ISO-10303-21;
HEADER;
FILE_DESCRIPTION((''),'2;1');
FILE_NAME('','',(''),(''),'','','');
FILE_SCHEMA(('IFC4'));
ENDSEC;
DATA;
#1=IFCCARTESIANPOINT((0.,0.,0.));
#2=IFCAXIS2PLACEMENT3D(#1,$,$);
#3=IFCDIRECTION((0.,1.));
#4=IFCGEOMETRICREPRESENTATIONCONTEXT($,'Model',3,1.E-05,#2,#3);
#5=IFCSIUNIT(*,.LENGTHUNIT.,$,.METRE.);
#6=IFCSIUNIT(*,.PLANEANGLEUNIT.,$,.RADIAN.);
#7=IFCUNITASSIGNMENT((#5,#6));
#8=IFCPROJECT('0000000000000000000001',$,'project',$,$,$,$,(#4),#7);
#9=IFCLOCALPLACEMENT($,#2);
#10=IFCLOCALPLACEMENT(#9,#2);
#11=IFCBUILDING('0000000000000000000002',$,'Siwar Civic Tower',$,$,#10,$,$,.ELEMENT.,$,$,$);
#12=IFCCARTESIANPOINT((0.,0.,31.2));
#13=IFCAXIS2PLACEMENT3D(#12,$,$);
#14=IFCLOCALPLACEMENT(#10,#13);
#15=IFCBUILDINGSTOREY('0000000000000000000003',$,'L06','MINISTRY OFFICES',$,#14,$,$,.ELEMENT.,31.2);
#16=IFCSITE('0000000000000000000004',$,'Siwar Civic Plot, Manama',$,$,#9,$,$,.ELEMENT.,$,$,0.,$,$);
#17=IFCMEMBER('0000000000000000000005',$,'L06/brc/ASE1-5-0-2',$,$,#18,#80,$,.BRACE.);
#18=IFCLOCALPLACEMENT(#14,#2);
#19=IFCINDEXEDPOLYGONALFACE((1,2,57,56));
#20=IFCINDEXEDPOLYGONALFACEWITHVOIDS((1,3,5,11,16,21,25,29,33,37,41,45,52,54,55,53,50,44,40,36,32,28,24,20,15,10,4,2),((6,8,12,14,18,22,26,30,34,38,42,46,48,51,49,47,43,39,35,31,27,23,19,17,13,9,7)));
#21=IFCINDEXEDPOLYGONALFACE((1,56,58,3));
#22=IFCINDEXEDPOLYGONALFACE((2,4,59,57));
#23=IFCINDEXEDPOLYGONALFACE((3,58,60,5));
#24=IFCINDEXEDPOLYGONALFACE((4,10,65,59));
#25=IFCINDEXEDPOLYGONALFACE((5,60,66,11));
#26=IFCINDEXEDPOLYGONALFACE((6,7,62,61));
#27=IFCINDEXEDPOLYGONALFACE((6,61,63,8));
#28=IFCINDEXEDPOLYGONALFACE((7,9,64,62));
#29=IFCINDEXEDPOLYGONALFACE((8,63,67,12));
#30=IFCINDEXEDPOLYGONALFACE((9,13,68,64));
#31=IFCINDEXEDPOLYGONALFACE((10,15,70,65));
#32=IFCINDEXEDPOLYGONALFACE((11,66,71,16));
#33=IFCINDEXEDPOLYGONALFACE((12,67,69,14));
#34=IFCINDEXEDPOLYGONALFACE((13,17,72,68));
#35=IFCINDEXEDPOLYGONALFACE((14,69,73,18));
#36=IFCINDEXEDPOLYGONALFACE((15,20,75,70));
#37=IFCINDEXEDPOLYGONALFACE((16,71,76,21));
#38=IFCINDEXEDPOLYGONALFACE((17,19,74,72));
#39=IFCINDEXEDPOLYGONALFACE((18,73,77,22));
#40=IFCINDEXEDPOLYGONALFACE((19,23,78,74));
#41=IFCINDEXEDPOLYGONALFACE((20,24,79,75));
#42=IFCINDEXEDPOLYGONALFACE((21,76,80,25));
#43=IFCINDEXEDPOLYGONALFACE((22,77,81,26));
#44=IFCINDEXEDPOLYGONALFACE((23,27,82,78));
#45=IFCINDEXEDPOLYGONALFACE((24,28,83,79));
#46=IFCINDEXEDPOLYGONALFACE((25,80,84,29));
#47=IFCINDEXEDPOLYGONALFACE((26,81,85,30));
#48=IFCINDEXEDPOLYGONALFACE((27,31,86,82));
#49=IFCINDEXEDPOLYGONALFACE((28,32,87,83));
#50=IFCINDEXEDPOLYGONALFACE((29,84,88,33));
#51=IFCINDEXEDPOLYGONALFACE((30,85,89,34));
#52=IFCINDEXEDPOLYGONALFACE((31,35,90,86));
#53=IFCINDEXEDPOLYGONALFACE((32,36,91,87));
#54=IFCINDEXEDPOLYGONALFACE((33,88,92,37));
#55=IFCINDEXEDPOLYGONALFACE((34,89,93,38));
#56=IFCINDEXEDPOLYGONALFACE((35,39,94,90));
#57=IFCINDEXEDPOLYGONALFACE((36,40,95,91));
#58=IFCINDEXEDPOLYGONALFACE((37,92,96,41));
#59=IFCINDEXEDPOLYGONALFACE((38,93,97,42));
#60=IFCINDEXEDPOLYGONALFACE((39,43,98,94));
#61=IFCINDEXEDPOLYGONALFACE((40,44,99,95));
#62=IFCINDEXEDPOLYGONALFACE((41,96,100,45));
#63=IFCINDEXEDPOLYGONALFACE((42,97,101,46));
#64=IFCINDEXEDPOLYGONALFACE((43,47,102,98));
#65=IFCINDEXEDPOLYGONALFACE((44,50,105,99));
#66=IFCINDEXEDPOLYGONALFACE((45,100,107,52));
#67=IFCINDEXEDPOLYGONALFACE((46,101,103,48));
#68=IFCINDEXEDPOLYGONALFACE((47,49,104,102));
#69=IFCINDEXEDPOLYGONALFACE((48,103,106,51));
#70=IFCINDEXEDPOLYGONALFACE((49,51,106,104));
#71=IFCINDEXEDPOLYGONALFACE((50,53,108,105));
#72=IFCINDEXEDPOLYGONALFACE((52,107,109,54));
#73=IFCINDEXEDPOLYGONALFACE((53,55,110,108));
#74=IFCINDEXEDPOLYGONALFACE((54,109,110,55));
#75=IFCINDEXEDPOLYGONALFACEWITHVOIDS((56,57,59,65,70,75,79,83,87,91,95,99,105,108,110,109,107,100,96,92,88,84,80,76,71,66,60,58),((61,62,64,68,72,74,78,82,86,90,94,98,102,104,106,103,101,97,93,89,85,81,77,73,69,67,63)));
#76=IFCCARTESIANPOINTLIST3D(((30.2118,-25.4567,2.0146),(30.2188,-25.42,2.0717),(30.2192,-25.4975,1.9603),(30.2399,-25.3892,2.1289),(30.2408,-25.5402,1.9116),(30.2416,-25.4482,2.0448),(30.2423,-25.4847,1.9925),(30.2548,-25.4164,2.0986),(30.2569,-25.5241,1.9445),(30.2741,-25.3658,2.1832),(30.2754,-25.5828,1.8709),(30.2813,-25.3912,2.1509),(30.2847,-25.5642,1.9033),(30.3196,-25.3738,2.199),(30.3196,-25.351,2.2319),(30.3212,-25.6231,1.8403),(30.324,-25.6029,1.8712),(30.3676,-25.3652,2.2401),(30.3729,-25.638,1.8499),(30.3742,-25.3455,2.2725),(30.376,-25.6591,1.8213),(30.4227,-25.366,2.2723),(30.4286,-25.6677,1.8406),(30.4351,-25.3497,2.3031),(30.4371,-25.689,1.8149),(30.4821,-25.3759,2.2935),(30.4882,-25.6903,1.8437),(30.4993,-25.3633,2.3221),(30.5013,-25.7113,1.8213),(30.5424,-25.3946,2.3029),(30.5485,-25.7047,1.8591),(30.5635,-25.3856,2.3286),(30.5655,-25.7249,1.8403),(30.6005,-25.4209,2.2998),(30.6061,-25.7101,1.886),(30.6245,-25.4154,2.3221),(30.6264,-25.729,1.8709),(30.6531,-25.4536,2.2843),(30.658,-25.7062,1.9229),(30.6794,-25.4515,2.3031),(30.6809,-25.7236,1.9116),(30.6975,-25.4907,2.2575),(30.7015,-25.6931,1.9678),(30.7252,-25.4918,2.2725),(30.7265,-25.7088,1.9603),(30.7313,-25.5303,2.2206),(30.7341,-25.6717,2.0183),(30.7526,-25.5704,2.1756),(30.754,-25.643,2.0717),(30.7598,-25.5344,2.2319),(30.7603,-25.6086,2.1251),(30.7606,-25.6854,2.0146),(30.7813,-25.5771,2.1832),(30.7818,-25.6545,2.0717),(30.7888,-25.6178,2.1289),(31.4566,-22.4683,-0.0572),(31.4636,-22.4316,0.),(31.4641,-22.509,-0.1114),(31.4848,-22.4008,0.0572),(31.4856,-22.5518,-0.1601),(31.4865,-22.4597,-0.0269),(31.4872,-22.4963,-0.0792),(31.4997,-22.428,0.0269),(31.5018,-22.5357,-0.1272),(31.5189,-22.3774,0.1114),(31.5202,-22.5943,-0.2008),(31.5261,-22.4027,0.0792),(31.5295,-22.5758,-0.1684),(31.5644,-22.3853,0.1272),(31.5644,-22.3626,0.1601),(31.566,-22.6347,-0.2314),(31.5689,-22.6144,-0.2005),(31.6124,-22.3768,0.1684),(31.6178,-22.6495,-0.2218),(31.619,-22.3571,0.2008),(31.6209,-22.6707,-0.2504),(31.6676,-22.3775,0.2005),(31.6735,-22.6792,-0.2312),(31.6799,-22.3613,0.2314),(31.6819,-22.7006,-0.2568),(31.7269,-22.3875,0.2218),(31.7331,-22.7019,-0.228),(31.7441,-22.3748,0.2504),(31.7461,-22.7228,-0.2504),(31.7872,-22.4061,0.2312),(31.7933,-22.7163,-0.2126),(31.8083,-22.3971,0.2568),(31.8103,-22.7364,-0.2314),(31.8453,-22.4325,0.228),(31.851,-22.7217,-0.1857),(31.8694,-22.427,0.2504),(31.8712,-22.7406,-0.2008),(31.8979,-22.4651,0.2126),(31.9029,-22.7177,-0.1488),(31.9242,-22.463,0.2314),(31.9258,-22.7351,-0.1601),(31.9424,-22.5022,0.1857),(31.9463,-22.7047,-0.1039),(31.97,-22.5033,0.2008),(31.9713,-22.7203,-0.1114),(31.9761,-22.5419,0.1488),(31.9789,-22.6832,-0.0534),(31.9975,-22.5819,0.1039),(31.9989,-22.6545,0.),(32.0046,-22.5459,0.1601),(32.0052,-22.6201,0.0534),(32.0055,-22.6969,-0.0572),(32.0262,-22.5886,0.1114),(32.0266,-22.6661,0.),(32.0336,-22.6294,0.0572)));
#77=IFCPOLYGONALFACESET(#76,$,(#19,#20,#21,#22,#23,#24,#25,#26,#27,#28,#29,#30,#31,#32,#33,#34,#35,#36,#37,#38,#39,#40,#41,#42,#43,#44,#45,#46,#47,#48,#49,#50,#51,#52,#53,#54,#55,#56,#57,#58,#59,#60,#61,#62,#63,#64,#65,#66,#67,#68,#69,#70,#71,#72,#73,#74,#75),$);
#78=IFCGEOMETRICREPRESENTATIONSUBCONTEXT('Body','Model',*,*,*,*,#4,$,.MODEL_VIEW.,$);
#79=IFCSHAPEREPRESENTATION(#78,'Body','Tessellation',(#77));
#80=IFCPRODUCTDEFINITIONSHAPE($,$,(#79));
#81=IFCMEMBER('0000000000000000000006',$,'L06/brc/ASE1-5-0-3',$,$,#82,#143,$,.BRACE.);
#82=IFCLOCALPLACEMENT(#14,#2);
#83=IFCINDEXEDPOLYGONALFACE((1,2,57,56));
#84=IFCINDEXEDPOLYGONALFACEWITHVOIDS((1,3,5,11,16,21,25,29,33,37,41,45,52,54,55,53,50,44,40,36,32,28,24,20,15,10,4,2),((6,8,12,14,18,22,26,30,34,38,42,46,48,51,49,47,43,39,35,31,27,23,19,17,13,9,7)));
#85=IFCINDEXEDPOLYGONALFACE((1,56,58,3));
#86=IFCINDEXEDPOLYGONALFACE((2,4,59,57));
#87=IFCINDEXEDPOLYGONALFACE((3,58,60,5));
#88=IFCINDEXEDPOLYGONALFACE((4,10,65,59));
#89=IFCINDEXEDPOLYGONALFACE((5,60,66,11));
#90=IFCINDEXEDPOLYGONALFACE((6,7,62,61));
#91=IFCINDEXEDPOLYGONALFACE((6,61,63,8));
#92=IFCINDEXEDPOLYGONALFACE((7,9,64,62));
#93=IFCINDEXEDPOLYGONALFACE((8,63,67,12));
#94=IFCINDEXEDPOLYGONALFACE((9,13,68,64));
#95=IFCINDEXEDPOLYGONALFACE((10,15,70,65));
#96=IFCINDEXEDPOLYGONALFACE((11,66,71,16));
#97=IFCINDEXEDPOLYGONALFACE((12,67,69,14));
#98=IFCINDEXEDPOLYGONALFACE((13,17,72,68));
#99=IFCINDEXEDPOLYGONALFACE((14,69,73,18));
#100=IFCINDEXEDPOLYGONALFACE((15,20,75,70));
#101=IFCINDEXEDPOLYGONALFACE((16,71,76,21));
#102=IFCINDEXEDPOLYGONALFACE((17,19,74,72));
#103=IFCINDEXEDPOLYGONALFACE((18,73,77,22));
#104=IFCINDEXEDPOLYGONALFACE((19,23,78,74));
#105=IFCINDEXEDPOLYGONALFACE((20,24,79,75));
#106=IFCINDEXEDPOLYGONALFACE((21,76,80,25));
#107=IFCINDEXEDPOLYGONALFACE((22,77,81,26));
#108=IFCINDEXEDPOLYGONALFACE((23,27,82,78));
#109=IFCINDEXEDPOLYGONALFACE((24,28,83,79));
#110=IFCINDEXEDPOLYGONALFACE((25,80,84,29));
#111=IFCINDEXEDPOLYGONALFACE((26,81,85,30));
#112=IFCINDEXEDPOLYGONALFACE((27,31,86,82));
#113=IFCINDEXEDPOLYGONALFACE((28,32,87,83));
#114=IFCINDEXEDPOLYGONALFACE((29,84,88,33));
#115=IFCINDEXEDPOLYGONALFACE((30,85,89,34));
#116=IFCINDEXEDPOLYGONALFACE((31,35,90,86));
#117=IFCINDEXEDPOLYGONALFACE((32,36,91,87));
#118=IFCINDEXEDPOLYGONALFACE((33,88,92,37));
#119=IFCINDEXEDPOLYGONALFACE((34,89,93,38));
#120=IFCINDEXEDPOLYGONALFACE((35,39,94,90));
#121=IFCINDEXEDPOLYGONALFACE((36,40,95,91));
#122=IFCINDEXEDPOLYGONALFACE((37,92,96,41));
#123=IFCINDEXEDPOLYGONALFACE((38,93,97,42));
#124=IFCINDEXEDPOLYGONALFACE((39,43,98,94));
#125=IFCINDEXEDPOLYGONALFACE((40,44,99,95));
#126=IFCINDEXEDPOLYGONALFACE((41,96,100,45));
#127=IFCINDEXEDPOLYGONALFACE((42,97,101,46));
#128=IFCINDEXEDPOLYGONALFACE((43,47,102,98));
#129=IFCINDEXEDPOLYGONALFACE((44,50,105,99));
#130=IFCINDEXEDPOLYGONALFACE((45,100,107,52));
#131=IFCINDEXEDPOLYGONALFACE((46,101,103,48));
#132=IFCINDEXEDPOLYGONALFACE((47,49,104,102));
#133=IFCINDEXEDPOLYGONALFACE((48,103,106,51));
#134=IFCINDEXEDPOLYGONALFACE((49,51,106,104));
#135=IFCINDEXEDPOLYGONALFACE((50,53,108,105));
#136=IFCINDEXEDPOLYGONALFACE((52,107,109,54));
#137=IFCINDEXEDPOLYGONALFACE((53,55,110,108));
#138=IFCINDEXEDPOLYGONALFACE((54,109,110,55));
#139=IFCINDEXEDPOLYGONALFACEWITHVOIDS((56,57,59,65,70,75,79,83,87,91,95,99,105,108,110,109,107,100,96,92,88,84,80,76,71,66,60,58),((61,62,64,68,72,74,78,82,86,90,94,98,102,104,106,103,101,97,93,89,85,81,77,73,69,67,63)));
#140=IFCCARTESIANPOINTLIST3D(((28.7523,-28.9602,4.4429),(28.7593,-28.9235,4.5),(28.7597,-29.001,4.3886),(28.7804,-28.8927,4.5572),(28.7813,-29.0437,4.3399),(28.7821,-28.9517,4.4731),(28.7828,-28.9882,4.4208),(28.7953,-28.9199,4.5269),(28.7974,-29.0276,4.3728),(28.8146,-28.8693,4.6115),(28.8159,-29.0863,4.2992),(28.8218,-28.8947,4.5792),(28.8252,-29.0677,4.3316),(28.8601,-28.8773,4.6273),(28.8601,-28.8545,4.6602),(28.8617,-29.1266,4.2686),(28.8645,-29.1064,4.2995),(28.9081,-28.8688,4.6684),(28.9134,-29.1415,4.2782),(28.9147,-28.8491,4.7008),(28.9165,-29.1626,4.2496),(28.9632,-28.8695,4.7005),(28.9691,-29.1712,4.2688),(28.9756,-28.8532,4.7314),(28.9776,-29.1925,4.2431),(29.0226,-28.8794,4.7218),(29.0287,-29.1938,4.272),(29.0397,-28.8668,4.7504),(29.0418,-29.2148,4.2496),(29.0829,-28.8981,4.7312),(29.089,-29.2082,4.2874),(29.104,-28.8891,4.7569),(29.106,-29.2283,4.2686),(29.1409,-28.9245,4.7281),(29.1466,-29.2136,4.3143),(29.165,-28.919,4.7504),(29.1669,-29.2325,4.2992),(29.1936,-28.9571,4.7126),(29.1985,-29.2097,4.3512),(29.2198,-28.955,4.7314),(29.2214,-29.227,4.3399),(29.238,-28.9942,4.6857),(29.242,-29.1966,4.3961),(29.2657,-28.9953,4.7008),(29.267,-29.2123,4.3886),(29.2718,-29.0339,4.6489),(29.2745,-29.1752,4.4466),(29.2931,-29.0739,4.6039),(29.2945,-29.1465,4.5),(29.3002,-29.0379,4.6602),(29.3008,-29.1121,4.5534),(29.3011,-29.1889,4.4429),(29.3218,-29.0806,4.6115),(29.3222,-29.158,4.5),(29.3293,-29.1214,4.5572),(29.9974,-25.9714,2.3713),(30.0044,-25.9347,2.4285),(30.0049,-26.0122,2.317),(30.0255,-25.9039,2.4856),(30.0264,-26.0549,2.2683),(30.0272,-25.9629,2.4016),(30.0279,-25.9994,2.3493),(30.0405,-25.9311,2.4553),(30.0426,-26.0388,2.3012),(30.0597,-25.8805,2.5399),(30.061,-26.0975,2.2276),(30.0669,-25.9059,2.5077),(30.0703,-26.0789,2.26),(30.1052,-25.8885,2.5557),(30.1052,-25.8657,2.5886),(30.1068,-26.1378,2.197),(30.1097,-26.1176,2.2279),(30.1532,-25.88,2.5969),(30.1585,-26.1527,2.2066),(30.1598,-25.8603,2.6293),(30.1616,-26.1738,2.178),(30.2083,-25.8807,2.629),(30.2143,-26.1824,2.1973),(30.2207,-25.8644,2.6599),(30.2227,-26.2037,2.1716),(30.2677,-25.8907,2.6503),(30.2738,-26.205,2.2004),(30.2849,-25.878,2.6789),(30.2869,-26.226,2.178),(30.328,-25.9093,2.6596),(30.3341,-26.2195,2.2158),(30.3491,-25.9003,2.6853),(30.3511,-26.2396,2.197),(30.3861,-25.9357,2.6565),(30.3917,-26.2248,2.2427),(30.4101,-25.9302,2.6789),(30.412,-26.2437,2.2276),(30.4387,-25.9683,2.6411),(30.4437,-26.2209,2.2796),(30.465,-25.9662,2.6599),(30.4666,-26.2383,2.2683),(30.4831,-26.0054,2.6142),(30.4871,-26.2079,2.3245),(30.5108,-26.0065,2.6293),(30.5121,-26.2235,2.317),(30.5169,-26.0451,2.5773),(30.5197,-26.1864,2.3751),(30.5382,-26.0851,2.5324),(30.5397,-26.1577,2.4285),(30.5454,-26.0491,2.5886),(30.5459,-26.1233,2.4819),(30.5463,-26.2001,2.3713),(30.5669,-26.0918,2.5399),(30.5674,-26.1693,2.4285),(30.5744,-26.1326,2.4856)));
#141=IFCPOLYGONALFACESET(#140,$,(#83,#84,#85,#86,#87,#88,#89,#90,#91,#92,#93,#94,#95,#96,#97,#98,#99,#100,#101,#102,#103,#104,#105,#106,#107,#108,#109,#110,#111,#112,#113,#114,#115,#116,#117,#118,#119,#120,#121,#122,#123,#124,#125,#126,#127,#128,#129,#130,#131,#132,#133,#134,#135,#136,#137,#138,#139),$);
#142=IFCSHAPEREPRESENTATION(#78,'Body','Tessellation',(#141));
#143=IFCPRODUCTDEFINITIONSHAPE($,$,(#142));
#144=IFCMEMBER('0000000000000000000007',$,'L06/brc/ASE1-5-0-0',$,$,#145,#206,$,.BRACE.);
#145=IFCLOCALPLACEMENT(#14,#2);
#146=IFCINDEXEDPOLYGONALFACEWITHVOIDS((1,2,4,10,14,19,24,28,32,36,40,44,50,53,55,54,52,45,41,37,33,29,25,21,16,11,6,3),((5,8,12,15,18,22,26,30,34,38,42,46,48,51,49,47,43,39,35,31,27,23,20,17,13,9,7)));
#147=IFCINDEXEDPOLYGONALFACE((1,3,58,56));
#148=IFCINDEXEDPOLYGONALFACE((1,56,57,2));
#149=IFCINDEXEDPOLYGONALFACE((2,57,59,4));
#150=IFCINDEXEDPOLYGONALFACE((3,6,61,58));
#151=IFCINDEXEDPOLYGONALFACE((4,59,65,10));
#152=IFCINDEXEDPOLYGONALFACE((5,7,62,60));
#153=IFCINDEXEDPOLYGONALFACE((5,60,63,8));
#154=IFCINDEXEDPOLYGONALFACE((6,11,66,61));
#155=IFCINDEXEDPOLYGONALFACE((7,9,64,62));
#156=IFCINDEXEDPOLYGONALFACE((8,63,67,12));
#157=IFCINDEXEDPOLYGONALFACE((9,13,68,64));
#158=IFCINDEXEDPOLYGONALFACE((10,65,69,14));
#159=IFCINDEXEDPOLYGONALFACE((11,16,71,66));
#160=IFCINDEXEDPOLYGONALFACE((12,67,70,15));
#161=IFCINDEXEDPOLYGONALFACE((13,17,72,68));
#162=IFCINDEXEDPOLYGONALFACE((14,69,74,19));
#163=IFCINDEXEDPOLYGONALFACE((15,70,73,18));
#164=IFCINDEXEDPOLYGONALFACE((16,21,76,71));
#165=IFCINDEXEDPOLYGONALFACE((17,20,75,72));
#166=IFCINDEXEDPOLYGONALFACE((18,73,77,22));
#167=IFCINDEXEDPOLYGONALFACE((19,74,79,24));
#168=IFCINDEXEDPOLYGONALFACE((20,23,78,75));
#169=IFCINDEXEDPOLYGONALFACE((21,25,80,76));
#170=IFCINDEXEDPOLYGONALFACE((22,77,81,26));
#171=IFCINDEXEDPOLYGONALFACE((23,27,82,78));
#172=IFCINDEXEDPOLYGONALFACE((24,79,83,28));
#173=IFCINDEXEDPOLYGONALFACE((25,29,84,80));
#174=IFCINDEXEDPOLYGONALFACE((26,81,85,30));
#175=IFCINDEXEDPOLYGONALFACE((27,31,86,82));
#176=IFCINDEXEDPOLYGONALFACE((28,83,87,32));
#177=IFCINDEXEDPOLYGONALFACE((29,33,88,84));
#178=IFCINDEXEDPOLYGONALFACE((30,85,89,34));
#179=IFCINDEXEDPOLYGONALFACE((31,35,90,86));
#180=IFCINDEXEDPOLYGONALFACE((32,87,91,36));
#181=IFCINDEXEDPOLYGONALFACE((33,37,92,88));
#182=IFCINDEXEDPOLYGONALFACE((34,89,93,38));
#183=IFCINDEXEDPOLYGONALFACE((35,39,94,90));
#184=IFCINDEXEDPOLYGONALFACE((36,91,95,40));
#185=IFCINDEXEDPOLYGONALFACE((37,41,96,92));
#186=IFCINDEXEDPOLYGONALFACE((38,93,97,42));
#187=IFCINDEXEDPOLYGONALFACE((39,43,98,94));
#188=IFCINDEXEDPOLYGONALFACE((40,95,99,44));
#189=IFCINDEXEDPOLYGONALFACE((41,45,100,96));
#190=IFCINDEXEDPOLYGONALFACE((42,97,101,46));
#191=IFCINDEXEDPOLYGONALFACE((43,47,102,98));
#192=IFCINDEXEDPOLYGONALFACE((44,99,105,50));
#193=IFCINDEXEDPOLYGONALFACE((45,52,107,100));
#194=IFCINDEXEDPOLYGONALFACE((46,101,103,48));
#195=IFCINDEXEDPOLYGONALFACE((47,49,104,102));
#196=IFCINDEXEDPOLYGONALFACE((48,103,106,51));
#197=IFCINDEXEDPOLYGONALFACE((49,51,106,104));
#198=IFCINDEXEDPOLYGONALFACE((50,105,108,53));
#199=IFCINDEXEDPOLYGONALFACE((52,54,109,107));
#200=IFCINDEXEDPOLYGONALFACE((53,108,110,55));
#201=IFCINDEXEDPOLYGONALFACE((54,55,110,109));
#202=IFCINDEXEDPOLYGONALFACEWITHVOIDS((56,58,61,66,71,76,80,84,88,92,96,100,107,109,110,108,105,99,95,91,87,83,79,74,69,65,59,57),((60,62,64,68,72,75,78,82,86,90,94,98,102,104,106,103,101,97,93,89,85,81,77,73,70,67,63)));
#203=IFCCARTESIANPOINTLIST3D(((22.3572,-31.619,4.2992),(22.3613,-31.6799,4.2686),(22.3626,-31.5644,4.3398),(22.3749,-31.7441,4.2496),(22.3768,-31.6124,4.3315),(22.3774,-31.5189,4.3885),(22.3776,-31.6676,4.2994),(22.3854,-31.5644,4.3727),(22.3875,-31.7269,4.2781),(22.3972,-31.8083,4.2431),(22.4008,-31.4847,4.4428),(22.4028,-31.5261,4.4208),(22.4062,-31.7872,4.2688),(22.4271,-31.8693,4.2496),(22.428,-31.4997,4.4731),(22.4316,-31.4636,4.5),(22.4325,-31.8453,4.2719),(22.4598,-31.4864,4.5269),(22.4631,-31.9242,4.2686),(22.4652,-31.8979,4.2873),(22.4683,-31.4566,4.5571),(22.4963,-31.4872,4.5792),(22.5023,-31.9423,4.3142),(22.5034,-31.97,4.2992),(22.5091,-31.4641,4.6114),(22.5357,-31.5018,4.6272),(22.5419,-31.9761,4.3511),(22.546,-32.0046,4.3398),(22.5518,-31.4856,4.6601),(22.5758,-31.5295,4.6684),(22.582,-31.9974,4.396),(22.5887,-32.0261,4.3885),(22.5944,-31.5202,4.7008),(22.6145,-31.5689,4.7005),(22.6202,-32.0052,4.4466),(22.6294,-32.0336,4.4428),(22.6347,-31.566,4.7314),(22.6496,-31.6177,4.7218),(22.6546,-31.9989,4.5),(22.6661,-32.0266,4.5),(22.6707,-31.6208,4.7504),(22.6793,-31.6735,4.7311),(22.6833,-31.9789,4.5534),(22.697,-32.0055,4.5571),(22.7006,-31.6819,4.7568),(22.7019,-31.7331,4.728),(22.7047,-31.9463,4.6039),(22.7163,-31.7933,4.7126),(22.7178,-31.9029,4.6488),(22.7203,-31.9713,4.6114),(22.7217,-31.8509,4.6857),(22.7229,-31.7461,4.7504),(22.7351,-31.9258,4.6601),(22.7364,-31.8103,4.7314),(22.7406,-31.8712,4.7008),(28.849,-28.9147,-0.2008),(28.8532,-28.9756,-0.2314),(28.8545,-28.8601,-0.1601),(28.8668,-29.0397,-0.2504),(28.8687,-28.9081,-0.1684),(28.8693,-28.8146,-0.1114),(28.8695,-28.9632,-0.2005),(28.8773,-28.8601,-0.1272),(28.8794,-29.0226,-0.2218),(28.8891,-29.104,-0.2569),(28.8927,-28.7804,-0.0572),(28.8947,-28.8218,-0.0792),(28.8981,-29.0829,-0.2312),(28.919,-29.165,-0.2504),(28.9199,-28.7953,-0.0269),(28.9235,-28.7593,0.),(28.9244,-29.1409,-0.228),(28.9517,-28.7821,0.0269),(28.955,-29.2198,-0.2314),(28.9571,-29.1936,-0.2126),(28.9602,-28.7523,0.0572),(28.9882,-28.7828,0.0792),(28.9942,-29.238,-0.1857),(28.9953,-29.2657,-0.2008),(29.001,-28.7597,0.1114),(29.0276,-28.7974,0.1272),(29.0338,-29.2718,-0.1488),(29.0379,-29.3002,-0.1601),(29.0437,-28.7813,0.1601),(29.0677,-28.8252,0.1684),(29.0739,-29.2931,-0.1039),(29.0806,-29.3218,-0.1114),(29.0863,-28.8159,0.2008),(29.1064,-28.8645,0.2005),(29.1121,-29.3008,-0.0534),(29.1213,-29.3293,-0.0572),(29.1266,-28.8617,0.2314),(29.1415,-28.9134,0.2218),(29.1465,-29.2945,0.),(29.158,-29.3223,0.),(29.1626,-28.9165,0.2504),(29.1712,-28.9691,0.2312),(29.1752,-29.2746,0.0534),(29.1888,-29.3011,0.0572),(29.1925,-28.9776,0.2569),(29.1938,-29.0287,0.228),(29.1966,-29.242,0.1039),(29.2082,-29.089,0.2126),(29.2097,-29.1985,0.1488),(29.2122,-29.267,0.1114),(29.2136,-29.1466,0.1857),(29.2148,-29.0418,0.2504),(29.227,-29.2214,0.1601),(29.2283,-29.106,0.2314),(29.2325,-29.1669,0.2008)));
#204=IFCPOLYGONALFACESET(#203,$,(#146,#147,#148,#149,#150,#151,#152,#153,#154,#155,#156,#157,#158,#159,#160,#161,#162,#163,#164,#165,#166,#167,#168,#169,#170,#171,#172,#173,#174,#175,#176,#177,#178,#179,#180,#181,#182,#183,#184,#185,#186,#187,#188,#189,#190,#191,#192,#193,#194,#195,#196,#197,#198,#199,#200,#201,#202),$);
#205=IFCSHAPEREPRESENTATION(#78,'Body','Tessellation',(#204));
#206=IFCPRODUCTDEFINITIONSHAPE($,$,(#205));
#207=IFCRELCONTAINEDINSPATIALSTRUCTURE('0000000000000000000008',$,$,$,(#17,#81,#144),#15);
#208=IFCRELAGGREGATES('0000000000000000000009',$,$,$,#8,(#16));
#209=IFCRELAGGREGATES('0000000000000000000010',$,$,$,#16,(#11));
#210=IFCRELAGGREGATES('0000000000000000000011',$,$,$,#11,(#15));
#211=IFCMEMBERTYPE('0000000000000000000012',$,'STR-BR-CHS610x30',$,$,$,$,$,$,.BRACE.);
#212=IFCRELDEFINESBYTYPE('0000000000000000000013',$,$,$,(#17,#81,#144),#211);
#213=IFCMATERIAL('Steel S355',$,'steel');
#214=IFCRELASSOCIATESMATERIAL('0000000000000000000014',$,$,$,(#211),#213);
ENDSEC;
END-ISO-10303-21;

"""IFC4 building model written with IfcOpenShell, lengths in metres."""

from ifc_helpers import new_model, si_unit, direction, frame, origin, origin_2d, place, context, subcontext, project, spatial, hollow_circle, extrude, material, material_profile, profile_set, type_object, element, save


model = new_model("IFC4")

# Units and contexts
model_context = context("Model", 3, precision=1e-05, world=origin(), true_north=direction((0.0, 1.0)))
body_context = subcontext(model_context, "Body", "Model", "MODEL_VIEW")
ifc_project = project(units=[si_unit("LENGTHUNIT", "METRE"), si_unit("PLANEANGLEUNIT", "RADIAN")], contexts=[model_context])

# Site, building, storey
site_placement = place(None, origin())
site = spatial("IfcSite", under=ifc_project, at=site_placement, Name="Siwar Civic Plot, Manama", CompositionType="ELEMENT", RefElevation=0.0)
building_placement = place(site_placement, origin())
building = spatial("IfcBuilding", under=site, at=building_placement, Name="Siwar Civic Tower", CompositionType="ELEMENT")
storey_placement = place(building_placement, frame((0.0, 0.0, 31.2)))
storey = spatial("IfcBuildingStorey", under=building, at=storey_placement, Name="L06", Description="MINISTRY OFFICES", CompositionType="ELEMENT", Elevation=31.2)

# Members
ifc_material_1 = material(Name="Steel S355", Category="steel")
ifc_material_profile_1 = material_profile(ifc_material_1, hollow_circle(Radius=0.3049, WallThickness=0.03, at=origin_2d()), Name="CHS610x30")
ifc_profile_set_1 = profile_set([ifc_material_profile_1], Name="Steel S355")
member_type_1 = type_object("IfcMemberType", Name="STR-BR-CHS610x30", PredefinedType="BRACE", material=ifc_profile_set_1)
member_1_placement = place(storey_placement, frame((31.7451, -22.5488, 0.0), z_axis=(-0.323882, -0.777533, 0.53902), x_axis=(0.923115, -0.384524, 0.0)))
element("IfcMember", 1, at=member_1_placement, inside=storey, type_object=member_type_1, Name="L06/brc/ASE1-5-0-2", PredefinedType="BRACE", context=body_context, shape_type="SweptSolid", body=[
    extrude(hollow_circle(Radius=0.3049, WallThickness=0.03, at=origin_2d()), origin(), (0.0, 0.0, 1.0), 3.8435),
])
member_2_placement = place(storey_placement, frame((30.2859, -26.052, 2.4285), z_axis=(-0.323934, -0.777569, 0.538937), x_axis=(0.923099, -0.384562, 0.0)))
element("IfcMember", 2, at=member_2_placement, inside=storey, type_object=member_type_1, Name="L06/brc/ASE1-5-0-3", PredefinedType="BRACE", context=body_context, shape_type="SweptSolid", body=[
    extrude(hollow_circle(Radius=0.3049, WallThickness=0.03, at=origin_2d()), origin(), (0.0, 0.0, 1.0), 3.8438),
])
member_3_placement = place(storey_placement, frame((29.0408, -29.0408, 0.0), z_axis=(-0.777555, -0.323906, 0.538975), x_axis=(0.384539, -0.923109, 0.0)))
element("IfcMember", 3, at=member_3_placement, inside=storey, type_object=member_type_1, Name="L06/brc/ASE1-5-0-0", PredefinedType="BRACE", context=body_context, shape_type="SweptSolid", body=[
    extrude(hollow_circle(Radius=0.3049, WallThickness=0.03, at=origin_2d()), origin(), (0.0, 0.0, 1.0), 8.3491),
])

save(model, "model.ifc")
